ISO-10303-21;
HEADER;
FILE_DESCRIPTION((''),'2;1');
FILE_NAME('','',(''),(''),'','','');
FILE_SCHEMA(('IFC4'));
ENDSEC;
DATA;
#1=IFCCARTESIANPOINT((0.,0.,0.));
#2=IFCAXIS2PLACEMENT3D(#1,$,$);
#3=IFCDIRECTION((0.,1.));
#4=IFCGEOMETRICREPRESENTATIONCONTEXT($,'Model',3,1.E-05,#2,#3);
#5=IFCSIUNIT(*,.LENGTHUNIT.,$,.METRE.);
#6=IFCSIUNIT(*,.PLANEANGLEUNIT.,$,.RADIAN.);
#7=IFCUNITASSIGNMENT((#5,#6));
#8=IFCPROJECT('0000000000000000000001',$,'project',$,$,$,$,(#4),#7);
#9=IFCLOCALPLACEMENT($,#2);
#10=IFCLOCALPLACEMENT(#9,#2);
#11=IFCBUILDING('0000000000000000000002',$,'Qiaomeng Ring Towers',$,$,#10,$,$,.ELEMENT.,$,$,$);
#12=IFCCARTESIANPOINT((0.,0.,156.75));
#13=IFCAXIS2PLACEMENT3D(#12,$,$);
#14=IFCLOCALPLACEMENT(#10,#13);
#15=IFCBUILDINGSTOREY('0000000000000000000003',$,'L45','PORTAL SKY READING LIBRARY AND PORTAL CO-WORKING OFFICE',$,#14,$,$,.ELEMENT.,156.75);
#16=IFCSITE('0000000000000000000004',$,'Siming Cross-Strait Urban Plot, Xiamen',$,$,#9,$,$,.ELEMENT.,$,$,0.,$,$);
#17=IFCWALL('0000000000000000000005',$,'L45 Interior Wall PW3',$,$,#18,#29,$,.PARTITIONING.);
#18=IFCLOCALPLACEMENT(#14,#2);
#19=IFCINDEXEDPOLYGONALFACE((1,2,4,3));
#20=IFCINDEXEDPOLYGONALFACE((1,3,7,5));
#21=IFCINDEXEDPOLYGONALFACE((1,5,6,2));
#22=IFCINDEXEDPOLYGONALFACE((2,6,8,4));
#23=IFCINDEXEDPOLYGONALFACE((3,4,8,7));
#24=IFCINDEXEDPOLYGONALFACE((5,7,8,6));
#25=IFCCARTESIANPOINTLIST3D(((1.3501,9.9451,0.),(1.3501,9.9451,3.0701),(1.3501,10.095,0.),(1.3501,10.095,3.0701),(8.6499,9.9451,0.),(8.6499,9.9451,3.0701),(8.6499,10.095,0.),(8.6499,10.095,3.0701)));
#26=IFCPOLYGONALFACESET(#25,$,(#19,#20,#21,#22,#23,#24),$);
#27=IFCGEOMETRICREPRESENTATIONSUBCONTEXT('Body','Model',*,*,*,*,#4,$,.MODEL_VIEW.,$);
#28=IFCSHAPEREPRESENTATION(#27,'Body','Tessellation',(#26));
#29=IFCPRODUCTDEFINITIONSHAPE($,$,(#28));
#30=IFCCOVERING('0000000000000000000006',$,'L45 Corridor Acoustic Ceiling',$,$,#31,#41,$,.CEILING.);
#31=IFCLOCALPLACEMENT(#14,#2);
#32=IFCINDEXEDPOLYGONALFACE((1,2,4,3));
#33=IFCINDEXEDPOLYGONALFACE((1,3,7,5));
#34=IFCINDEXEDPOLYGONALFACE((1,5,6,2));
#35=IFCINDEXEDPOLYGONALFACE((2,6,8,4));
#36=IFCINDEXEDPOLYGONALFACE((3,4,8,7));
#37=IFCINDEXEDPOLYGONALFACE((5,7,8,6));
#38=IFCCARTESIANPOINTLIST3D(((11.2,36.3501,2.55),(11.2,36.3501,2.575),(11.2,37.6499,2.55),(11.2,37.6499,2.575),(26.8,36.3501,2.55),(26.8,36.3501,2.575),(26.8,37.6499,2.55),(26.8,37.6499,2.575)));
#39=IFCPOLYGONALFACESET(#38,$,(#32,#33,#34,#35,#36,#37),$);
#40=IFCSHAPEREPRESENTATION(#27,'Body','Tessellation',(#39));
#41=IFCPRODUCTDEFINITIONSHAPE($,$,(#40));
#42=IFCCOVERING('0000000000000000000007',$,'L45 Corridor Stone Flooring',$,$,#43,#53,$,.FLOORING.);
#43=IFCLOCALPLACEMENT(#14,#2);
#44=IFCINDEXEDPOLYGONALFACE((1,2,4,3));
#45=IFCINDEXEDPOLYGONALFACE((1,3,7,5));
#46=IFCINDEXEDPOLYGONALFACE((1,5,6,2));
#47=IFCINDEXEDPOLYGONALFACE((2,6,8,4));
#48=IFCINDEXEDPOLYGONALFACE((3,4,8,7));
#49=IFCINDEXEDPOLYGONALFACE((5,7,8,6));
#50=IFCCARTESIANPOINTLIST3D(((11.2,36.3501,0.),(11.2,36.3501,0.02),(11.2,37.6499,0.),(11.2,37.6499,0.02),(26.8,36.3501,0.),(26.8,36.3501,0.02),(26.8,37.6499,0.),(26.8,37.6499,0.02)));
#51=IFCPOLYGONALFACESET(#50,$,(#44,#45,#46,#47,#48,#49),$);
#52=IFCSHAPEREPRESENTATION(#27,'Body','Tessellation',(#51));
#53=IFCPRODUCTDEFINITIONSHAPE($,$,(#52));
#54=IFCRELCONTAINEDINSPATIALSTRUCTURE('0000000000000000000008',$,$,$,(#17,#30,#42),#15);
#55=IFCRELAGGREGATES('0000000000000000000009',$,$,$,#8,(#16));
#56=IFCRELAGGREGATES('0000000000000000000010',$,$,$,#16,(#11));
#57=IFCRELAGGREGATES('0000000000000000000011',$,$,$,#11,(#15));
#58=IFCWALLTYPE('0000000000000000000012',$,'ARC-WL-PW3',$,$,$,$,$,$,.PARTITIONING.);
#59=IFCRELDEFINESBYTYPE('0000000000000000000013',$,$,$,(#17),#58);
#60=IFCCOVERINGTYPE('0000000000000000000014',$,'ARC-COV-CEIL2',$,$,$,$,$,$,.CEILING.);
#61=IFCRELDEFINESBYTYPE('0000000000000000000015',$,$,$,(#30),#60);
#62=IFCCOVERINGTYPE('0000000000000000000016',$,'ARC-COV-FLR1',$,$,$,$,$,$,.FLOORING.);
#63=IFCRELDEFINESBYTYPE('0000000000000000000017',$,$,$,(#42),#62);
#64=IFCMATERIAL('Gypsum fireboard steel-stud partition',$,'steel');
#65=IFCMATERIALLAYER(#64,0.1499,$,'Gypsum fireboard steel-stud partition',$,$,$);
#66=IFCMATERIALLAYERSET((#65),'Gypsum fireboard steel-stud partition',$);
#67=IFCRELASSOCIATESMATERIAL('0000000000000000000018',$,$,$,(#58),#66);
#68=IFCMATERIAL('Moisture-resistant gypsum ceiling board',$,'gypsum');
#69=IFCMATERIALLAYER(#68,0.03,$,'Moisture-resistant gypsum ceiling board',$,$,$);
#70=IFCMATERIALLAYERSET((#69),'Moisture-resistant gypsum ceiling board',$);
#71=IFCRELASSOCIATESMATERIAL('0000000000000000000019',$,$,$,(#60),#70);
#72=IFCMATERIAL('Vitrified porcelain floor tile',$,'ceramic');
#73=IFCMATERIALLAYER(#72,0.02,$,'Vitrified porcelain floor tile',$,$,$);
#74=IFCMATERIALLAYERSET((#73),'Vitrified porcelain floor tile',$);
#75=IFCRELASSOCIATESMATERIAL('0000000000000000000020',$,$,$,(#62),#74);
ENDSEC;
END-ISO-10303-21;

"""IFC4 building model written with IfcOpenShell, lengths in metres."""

from ifc_helpers import new_model, si_unit, direction, frame, frame_2d, origin, place, context, subcontext, project, spatial, polyline, rectangle, outline, extrude, material, layer, layer_set, type_object, element, save


model = new_model("IFC4")

# Units and contexts
model_context = context("Model", 3, precision=1e-05, world=origin(), true_north=direction((0.0, 1.0)))
body_context = subcontext(model_context, "Body", "Model", "MODEL_VIEW")
ifc_project = project(units=[si_unit("LENGTHUNIT", "METRE"), si_unit("PLANEANGLEUNIT", "RADIAN")], contexts=[model_context])

# Site, building, storey
site_placement = place(None, origin())
site = spatial("IfcSite", under=ifc_project, at=site_placement, Name="Siming Cross-Strait Urban Plot, Xiamen", CompositionType="ELEMENT", RefElevation=0.0)
building_placement = place(site_placement, origin())
building = spatial("IfcBuilding", under=site, at=building_placement, Name="Qiaomeng Ring Towers", CompositionType="ELEMENT")
storey_placement = place(building_placement, frame((0.0, 0.0, 156.75)))
storey = spatial("IfcBuildingStorey", under=building, at=storey_placement, Name="L45", Description="PORTAL SKY READING LIBRARY AND PORTAL CO-WORKING OFFICE", CompositionType="ELEMENT", Elevation=156.75)

# Wall
ifc_material_1 = material(Name="Gypsum fireboard steel-stud partition", Category="steel")
ifc_layer_1 = layer(ifc_material_1, 0.1499, Name="Gypsum fireboard steel-stud partition")
ifc_layer_set_1 = layer_set([ifc_layer_1], Name="Gypsum fireboard steel-stud partition")
wall_type = type_object("IfcWallType", Name="ARC-WL-PW3", PredefinedType="PARTITIONING", material=ifc_layer_set_1)
wall_placement = place(storey_placement, frame((1.3501, 10.02, 0.0), z_axis=(0.0, 0.0, 1.0), x_axis=(1.0, 0.0, 0.0)))
element("IfcWall", 1, at=wall_placement, inside=storey, type_object=wall_type, Name="L45 Interior Wall PW3", PredefinedType="PARTITIONING", context=body_context, shape_type="SweptSolid", body=[
    extrude(rectangle(XDim=7.2998, YDim=0.1499, at=frame_2d((3.6499, 0.0))), origin(), (0.0, 0.0, 1.0), 3.0701),
])

# Coverings
ifc_material_2 = material(Name="Moisture-resistant gypsum ceiling board", Category="gypsum")
ifc_layer_2 = layer(ifc_material_2, 0.03, Name="Moisture-resistant gypsum ceiling board")
ifc_layer_set_2 = layer_set([ifc_layer_2], Name="Moisture-resistant gypsum ceiling board")
covering_type_1 = type_object("IfcCoveringType", Name="ARC-COV-CEIL2", PredefinedType="CEILING", material=ifc_layer_set_2)
covering_1_placement = place(storey_placement, frame((0.0, 0.0, 2.55)))
element("IfcCovering", 2, at=covering_1_placement, inside=storey, type_object=covering_type_1, Name="L45 Corridor Acoustic Ceiling", PredefinedType="CEILING", context=body_context, shape_type="SweptSolid", body=[
    extrude(outline(polyline([(11.2, 36.3501), (11.2, 37.6499), (26.8, 37.6499), (26.8, 36.3501), (11.2, 36.3501)])), origin(), (0.0, 0.0, 1.0), 0.0249),
])
ifc_material_3 = material(Name="Vitrified porcelain floor tile", Category="ceramic")
ifc_layer_3 = layer(ifc_material_3, 0.02, Name="Vitrified porcelain floor tile")
ifc_layer_set_3 = layer_set([ifc_layer_3], Name="Vitrified porcelain floor tile")
covering_type_2 = type_object("IfcCoveringType", Name="ARC-COV-FLR1", PredefinedType="FLOORING", material=ifc_layer_set_3)
covering_2_placement = place(storey_placement, origin())
element("IfcCovering", 3, at=covering_2_placement, inside=storey, type_object=covering_type_2, Name="L45 Corridor Stone Flooring", PredefinedType="FLOORING", context=body_context, shape_type="SweptSolid", body=[
    extrude(outline(polyline([(11.2, 36.3501), (11.2, 37.6499), (26.8, 37.6499), (26.8, 36.3501), (11.2, 36.3501)])), origin(), (0.0, 0.0, 1.0), 0.02),
])

save(model, "model.ifc")
